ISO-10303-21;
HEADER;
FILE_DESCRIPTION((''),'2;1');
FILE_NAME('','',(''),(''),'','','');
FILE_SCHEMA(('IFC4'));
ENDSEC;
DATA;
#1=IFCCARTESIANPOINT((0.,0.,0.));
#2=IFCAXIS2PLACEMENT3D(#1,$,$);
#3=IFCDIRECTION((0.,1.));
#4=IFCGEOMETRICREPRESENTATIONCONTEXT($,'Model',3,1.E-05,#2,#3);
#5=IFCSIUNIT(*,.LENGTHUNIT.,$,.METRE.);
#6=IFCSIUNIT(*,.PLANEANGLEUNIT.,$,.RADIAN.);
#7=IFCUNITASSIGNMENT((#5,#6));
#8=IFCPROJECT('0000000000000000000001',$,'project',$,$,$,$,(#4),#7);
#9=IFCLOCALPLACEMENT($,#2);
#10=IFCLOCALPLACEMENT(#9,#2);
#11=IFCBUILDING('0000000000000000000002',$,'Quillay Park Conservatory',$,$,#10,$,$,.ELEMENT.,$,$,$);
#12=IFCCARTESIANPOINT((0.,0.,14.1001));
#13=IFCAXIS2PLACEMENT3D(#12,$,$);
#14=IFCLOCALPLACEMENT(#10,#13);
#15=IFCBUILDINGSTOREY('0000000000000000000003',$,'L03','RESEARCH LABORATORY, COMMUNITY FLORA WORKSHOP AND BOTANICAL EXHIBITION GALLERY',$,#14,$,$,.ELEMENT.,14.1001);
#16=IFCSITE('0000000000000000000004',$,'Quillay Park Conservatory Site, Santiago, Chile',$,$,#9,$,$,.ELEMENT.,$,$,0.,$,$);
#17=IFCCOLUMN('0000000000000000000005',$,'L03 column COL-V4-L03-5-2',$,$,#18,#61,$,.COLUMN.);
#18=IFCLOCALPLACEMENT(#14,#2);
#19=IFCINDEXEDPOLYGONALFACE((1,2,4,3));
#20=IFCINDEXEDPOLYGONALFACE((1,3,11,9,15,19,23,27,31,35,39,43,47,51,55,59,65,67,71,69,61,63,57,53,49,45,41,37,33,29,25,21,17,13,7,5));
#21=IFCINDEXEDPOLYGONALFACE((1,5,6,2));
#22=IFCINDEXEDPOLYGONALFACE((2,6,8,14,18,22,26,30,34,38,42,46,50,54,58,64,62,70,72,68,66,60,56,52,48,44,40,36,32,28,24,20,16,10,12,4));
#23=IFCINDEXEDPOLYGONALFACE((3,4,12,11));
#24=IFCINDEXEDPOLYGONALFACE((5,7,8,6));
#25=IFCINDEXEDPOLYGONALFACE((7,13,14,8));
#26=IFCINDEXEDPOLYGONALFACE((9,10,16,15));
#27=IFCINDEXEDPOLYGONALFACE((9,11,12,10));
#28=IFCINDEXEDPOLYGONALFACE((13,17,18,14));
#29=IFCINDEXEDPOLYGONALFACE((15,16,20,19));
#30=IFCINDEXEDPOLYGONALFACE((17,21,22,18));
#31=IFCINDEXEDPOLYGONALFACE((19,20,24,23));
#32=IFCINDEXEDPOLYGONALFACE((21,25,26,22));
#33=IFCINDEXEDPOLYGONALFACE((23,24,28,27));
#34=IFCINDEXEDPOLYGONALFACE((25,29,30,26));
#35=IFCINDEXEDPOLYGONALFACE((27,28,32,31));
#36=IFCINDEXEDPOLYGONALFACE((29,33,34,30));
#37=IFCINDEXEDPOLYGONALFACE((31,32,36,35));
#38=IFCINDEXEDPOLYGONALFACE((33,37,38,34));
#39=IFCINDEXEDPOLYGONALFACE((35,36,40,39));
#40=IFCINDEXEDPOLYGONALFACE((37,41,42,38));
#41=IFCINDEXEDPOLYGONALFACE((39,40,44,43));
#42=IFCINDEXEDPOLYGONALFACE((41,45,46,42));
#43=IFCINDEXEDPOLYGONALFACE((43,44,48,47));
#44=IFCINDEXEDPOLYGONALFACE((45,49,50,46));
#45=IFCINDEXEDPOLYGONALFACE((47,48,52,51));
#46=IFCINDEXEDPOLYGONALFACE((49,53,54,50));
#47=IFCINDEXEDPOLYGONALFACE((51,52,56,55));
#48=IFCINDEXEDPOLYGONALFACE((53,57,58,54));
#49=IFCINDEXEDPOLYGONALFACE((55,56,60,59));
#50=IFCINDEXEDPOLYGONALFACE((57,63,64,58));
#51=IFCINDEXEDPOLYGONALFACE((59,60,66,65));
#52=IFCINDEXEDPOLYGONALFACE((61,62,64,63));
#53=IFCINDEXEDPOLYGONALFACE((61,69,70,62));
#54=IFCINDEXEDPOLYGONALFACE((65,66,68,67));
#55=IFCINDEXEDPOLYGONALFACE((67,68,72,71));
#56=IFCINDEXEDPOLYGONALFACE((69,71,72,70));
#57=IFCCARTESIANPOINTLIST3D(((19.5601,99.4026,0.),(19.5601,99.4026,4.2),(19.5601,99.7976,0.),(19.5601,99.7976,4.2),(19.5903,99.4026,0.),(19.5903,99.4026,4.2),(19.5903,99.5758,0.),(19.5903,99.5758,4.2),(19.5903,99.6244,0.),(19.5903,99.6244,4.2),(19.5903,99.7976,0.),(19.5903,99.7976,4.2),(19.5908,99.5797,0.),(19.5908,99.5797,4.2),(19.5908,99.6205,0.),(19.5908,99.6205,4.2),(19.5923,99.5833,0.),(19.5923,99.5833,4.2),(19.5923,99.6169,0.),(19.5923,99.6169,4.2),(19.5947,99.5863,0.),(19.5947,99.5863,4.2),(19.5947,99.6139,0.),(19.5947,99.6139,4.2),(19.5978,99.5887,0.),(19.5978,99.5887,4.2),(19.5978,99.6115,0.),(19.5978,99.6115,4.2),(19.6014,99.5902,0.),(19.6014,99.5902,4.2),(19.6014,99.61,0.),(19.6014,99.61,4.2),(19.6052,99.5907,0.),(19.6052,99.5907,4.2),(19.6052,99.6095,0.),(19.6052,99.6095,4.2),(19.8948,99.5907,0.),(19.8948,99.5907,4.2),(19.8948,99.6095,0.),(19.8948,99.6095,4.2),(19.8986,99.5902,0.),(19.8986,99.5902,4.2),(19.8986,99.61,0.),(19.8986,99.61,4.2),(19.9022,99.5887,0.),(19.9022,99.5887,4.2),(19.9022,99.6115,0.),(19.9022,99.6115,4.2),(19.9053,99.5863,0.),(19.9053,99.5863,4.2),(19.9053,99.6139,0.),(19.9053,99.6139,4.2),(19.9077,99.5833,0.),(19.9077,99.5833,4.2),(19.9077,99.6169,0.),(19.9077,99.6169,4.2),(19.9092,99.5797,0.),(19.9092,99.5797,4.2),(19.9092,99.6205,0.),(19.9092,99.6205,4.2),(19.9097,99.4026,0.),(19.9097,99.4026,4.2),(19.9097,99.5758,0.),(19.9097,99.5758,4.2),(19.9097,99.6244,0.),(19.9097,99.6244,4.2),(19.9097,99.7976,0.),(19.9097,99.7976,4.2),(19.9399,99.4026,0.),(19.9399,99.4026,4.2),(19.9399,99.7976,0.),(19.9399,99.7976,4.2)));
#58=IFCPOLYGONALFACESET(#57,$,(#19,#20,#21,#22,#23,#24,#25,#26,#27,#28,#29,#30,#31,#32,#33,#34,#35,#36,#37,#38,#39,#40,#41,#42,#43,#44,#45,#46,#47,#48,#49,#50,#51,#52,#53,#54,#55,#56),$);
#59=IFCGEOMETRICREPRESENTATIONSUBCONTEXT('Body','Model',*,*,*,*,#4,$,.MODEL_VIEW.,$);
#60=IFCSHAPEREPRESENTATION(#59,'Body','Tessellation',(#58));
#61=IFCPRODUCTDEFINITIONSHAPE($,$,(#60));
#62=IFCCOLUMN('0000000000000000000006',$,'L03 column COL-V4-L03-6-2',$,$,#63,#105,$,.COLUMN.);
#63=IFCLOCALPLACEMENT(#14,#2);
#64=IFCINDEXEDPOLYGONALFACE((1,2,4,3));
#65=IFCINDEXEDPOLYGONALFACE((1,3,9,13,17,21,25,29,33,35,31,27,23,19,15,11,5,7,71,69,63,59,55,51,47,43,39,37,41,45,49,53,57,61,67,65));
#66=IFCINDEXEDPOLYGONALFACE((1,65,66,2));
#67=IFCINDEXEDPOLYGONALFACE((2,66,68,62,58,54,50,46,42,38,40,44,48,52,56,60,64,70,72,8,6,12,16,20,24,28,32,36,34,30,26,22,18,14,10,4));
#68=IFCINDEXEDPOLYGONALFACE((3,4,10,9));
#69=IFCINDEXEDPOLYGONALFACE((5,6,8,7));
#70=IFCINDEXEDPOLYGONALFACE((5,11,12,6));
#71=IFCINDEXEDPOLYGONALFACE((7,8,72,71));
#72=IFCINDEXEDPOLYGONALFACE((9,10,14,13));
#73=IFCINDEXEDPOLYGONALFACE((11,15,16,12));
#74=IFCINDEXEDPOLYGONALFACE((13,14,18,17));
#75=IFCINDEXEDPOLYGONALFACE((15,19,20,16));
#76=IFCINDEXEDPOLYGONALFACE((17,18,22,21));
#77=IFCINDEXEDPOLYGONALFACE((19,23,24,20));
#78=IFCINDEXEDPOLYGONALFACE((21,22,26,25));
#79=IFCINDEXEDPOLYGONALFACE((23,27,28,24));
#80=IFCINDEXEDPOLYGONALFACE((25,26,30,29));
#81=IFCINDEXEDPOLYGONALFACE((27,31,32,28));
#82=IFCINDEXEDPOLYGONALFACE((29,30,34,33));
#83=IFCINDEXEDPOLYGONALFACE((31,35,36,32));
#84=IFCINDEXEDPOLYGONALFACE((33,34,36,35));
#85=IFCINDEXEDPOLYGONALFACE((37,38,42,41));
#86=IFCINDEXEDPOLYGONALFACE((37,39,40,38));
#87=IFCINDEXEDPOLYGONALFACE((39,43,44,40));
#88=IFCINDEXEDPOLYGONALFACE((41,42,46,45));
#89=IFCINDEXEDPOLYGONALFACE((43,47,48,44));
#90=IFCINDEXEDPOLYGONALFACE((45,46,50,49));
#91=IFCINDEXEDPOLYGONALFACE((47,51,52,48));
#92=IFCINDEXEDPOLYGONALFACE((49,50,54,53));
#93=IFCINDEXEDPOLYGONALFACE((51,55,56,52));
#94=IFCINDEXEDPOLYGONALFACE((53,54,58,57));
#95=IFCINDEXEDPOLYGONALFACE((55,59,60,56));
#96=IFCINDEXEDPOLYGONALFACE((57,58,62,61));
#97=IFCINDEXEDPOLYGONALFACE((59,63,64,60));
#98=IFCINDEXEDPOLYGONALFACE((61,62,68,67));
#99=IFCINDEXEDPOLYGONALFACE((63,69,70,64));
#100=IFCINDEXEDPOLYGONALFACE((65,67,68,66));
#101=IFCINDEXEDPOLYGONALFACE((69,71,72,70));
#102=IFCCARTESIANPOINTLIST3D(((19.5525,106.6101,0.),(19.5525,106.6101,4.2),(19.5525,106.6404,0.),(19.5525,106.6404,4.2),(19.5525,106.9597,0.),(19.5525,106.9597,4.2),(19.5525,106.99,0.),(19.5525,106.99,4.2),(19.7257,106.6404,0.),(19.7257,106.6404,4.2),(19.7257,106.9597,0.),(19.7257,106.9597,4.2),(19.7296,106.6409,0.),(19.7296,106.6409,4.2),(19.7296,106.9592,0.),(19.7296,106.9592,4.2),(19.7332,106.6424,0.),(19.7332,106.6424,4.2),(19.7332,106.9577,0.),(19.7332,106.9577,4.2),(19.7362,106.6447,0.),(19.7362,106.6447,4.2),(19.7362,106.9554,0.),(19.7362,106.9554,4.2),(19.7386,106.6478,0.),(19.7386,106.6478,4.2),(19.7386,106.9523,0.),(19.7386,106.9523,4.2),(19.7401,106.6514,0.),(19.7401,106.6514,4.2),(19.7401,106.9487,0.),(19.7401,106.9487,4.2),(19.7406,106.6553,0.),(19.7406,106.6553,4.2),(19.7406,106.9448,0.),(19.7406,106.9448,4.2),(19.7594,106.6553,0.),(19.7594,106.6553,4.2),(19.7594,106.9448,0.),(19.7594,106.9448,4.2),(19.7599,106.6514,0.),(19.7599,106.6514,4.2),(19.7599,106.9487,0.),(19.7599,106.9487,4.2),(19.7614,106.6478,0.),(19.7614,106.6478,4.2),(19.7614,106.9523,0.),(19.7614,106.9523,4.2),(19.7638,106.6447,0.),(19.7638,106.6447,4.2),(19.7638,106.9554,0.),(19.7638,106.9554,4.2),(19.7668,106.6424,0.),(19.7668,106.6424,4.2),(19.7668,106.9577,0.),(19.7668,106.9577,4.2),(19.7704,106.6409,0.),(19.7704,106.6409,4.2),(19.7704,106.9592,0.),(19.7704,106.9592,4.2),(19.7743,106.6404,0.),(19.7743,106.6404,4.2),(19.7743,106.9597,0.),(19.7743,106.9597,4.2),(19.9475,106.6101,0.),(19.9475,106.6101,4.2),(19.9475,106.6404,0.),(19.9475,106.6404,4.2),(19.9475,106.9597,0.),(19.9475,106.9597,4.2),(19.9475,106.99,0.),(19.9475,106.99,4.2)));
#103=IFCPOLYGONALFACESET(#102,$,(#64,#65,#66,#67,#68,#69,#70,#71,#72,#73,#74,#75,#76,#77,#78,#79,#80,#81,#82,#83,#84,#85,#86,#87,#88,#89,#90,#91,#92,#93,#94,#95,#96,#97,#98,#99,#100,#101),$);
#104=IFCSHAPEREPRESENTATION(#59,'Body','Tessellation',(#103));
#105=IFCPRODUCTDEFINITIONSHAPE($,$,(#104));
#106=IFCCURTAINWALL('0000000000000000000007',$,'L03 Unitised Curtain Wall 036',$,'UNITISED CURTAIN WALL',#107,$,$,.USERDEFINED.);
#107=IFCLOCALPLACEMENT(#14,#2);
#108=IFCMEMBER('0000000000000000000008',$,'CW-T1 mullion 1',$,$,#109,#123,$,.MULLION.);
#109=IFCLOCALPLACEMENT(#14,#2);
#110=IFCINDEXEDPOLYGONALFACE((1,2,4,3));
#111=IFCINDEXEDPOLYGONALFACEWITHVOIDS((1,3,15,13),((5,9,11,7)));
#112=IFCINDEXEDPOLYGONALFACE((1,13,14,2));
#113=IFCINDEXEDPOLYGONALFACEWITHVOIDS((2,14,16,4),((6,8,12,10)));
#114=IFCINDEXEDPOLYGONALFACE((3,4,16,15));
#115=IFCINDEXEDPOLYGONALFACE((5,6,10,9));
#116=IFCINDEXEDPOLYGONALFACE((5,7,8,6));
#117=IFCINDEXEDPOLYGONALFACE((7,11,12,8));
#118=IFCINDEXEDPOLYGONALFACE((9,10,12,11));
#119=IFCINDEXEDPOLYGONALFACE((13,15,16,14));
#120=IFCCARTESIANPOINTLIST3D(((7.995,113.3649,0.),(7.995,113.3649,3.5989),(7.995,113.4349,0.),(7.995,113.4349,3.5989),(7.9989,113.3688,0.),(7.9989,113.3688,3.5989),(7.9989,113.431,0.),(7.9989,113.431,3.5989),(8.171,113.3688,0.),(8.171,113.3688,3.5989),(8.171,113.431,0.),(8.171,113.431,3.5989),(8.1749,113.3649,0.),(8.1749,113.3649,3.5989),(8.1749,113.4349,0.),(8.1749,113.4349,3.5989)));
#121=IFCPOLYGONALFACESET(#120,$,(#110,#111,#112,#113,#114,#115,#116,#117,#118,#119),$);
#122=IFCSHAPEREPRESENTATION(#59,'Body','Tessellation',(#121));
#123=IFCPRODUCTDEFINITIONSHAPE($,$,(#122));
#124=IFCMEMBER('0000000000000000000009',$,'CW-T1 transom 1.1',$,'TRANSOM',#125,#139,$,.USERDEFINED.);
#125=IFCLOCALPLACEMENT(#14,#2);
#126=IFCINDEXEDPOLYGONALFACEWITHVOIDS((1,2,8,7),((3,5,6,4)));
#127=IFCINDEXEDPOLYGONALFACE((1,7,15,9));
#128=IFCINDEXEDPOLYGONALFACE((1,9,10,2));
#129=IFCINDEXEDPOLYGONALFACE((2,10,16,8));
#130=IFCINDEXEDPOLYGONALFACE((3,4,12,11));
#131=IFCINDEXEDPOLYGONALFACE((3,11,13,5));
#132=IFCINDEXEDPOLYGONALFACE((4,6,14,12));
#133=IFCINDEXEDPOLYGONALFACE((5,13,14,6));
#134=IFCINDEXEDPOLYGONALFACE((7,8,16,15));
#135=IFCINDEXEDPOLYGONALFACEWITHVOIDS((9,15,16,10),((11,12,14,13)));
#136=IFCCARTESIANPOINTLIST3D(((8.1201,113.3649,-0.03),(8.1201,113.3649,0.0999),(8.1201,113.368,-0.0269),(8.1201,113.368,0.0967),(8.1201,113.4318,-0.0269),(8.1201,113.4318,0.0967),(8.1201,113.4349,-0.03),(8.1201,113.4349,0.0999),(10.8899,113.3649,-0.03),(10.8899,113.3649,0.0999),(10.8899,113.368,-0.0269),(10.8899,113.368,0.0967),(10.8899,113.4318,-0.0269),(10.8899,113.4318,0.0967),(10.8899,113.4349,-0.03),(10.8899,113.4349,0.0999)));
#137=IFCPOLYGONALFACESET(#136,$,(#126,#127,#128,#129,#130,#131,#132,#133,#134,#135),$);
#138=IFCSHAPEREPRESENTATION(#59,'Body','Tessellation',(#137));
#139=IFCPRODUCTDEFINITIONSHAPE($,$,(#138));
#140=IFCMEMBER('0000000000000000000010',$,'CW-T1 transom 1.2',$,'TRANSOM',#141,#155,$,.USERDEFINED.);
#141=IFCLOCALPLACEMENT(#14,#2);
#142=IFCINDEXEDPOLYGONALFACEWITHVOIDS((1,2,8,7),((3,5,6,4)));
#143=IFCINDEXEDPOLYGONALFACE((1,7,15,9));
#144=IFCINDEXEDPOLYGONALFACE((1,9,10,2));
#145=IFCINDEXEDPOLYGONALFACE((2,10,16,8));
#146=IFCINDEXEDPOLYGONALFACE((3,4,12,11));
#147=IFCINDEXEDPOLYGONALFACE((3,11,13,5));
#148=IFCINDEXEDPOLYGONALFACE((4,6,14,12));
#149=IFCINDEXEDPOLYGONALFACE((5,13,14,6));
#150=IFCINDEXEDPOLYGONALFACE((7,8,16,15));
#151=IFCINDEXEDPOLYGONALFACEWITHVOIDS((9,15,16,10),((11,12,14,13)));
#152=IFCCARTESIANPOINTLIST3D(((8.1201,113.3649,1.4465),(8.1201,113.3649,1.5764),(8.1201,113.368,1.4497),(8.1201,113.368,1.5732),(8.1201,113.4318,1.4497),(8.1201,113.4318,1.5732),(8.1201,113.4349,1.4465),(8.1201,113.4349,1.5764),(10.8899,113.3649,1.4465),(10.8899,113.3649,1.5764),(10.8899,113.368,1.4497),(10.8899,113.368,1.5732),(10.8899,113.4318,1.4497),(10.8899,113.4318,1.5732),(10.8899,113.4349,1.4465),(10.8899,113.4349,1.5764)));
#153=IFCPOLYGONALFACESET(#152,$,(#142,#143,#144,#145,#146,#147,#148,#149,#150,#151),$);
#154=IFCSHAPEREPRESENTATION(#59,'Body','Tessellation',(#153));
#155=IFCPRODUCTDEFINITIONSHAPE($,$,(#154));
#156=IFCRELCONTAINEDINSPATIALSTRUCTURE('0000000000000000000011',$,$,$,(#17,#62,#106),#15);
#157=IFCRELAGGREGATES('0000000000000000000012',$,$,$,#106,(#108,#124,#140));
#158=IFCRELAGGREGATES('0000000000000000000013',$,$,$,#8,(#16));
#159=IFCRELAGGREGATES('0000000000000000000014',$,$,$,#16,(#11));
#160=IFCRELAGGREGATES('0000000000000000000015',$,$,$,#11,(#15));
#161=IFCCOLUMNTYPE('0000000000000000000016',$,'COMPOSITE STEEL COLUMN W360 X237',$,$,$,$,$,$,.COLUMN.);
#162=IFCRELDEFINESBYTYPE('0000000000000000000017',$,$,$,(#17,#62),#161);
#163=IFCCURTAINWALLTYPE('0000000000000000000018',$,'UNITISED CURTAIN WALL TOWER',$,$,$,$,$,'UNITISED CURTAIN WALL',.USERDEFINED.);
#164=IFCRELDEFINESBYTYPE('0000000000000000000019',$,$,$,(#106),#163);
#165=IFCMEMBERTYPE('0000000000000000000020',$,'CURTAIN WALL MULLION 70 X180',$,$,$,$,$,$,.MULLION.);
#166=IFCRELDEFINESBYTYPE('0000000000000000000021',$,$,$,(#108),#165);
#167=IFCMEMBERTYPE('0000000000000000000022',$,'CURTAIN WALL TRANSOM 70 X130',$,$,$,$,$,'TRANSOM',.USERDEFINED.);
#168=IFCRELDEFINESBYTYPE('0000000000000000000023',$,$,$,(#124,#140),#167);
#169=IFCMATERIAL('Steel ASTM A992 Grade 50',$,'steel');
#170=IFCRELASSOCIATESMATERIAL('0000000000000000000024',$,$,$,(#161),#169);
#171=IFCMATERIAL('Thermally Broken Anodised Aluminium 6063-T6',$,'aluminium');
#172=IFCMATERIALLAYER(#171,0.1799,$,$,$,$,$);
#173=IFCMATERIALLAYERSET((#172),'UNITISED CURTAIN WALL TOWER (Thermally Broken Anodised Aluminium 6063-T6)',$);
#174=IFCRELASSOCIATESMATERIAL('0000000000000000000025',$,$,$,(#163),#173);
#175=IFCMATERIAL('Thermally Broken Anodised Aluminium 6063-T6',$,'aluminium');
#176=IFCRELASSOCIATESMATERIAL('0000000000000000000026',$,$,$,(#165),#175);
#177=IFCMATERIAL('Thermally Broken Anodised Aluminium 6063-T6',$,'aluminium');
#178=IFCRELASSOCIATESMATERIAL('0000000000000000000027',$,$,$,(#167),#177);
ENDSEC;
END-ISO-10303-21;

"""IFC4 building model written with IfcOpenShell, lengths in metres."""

from ifc_helpers import new_model, si_unit, direction, frame, origin, origin_2d, place, context, subcontext, project, spatial, hollow_rectangle, i_section, extrude, material, layer, layer_set, material_profile, profile_set, type_object, element, aggregate, save


model = new_model("IFC4")

# Units and contexts
model_context = context("Model", 3, precision=1e-05, world=origin(), true_north=direction((0.0, 1.0)))
body_context = subcontext(model_context, "Body", "Model", "MODEL_VIEW")
ifc_project = project(units=[si_unit("LENGTHUNIT", "METRE"), si_unit("PLANEANGLEUNIT", "RADIAN")], contexts=[model_context])

# Site, building, storey
site_placement = place(None, origin())
site = spatial("IfcSite", under=ifc_project, at=site_placement, Name="Quillay Park Conservatory Site, Santiago, Chile", CompositionType="ELEMENT", RefElevation=0.0)
building_placement = place(site_placement, origin())
building = spatial("IfcBuilding", under=site, at=building_placement, Name="Quillay Park Conservatory", CompositionType="ELEMENT")
storey_placement = place(building_placement, frame((0.0, 0.0, 14.1001)))
storey = spatial("IfcBuildingStorey", under=building, at=storey_placement, Name="L03", Description="RESEARCH LABORATORY, COMMUNITY FLORA WORKSHOP AND BOTANICAL EXHIBITION GALLERY", CompositionType="ELEMENT", Elevation=14.1001)

# Columns
ifc_material_1 = material(Name="Steel ASTM A992 Grade 50", Category="steel")
ifc_material_profile_1 = material_profile(ifc_material_1, i_section(OverallWidth=0.395, OverallDepth=0.3799, WebThickness=0.0188, FlangeThickness=0.0303, FilletRadius=0.0149, at=origin_2d()), Name="W360x237")
ifc_profile_set_1 = profile_set([ifc_material_profile_1], Name="Steel ASTM A992 Grade 50")
column_type = type_object("IfcColumnType", Name="COMPOSITE STEEL COLUMN W360 X237", PredefinedType="COLUMN", material=ifc_profile_set_1)
for number, where, z_axis, x_axis, name in (
    (1, (19.75, 99.6001, 0.0), (0.0, 0.0, 1.0), (0.0, 1.0, 0.0), "L03 column COL-V4-L03-5-2"),
    (2, (19.75, 106.8, 0.0), (0.0, 0.0, 1.0), (1.0, 0.0, 0.0), "L03 column COL-V4-L03-6-2"),
):
    element("IfcColumn", number, at=place(storey_placement, frame(where, z_axis=z_axis, x_axis=x_axis)), inside=storey, type_object=column_type, Name=name, PredefinedType="COLUMN", context=body_context, shape_type="SweptSolid", body=[
        extrude(i_section(OverallWidth=0.395, OverallDepth=0.3799, WebThickness=0.0188, FlangeThickness=0.0303, FilletRadius=0.0149, at=origin_2d()), origin(), (0.0, 0.0, 1.0), 4.2),
    ])

# Curtain wall, members
ifc_material_2 = material(Name="Thermally Broken Anodised Aluminium 6063-T6", Category="aluminium")
ifc_layer_1 = layer(ifc_material_2, 0.1799)
ifc_layer_set_1 = layer_set([ifc_layer_1], Name="UNITISED CURTAIN WALL TOWER (Thermally Broken Anodised Aluminium 6063-T6)")
curtain_wall_type = type_object("IfcCurtainWallType", Name="UNITISED CURTAIN WALL TOWER", ElementType="UNITISED CURTAIN WALL", PredefinedType="USERDEFINED", material=ifc_layer_set_1)
curtain_wall_placement = place(storey_placement, origin())
curtain_wall = element("IfcCurtainWall", 3, at=curtain_wall_placement, inside=storey, type_object=curtain_wall_type, Name="L03 Unitised Curtain Wall 036", ObjectType="UNITISED CURTAIN WALL", PredefinedType="USERDEFINED")
ifc_material_3 = material(Name="Thermally Broken Anodised Aluminium 6063-T6", Category="aluminium")
ifc_material_profile_2 = material_profile(ifc_material_3, hollow_rectangle(XDim=0.0701, YDim=0.1799, WallThickness=0.0039, at=origin_2d()), Name="AL70x180x4")
ifc_profile_set_2 = profile_set([ifc_material_profile_2], Name="Thermally Broken Anodised Aluminium 6063-T6")
member_type_1 = type_object("IfcMemberType", Name="CURTAIN WALL MULLION 70 X180", PredefinedType="MULLION", material=ifc_profile_set_2)
member_1_placement = place(storey_placement, frame((8.085, 113.3999, 0.0), z_axis=(0.0, 0.0, 1.0), x_axis=(0.0, 1.0, 0.0)))
member_1 = element("IfcMember", 4, at=member_1_placement, type_object=member_type_1, Name="CW-T1 mullion 1", PredefinedType="MULLION", context=body_context, shape_type="SweptSolid", body=[
    extrude(hollow_rectangle(XDim=0.0701, YDim=0.1799, WallThickness=0.0039, at=origin_2d()), origin(), (0.0, 0.0, 1.0), 3.5989),
])
ifc_material_4 = material(Name="Thermally Broken Anodised Aluminium 6063-T6", Category="aluminium")
ifc_material_profile_3 = material_profile(ifc_material_4, hollow_rectangle(XDim=0.0701, YDim=0.1299, WallThickness=0.0032, at=origin_2d()), Name="AL70x130x3.2")
ifc_profile_set_3 = profile_set([ifc_material_profile_3], Name="Thermally Broken Anodised Aluminium 6063-T6")
member_type_2 = type_object("IfcMemberType", Name="CURTAIN WALL TRANSOM 70 X130", ElementType="TRANSOM", PredefinedType="USERDEFINED", material=ifc_profile_set_3)
member_2_placement = place(storey_placement, frame((8.1201, 113.3999, 0.0349), z_axis=(1.0, 0.0, 0.0), x_axis=(0.0, 1.0, 0.0)))
member_2 = element("IfcMember", 5, at=member_2_placement, type_object=member_type_2, Name="CW-T1 transom 1.1", ObjectType="TRANSOM", PredefinedType="USERDEFINED", context=body_context, shape_type="SweptSolid", body=[
    extrude(hollow_rectangle(XDim=0.0701, YDim=0.1299, WallThickness=0.0032, at=origin_2d()), origin(), (0.0, 0.0, 1.0), 2.7698),
])
member_3_placement = place(storey_placement, frame((8.1201, 113.3999, 1.5115), z_axis=(1.0, 0.0, 0.0), x_axis=(0.0, 1.0, 0.0)))
member_3 = element("IfcMember", 6, at=member_3_placement, type_object=member_type_2, Name="CW-T1 transom 1.2", ObjectType="TRANSOM", PredefinedType="USERDEFINED", context=body_context, shape_type="SweptSolid", body=[
    extrude(hollow_rectangle(XDim=0.0701, YDim=0.1299, WallThickness=0.0032, at=origin_2d()), origin(), (0.0, 0.0, 1.0), 2.7698),
])
aggregate(curtain_wall, [member_1, member_2, member_3])

save(model, "model.ifc")
